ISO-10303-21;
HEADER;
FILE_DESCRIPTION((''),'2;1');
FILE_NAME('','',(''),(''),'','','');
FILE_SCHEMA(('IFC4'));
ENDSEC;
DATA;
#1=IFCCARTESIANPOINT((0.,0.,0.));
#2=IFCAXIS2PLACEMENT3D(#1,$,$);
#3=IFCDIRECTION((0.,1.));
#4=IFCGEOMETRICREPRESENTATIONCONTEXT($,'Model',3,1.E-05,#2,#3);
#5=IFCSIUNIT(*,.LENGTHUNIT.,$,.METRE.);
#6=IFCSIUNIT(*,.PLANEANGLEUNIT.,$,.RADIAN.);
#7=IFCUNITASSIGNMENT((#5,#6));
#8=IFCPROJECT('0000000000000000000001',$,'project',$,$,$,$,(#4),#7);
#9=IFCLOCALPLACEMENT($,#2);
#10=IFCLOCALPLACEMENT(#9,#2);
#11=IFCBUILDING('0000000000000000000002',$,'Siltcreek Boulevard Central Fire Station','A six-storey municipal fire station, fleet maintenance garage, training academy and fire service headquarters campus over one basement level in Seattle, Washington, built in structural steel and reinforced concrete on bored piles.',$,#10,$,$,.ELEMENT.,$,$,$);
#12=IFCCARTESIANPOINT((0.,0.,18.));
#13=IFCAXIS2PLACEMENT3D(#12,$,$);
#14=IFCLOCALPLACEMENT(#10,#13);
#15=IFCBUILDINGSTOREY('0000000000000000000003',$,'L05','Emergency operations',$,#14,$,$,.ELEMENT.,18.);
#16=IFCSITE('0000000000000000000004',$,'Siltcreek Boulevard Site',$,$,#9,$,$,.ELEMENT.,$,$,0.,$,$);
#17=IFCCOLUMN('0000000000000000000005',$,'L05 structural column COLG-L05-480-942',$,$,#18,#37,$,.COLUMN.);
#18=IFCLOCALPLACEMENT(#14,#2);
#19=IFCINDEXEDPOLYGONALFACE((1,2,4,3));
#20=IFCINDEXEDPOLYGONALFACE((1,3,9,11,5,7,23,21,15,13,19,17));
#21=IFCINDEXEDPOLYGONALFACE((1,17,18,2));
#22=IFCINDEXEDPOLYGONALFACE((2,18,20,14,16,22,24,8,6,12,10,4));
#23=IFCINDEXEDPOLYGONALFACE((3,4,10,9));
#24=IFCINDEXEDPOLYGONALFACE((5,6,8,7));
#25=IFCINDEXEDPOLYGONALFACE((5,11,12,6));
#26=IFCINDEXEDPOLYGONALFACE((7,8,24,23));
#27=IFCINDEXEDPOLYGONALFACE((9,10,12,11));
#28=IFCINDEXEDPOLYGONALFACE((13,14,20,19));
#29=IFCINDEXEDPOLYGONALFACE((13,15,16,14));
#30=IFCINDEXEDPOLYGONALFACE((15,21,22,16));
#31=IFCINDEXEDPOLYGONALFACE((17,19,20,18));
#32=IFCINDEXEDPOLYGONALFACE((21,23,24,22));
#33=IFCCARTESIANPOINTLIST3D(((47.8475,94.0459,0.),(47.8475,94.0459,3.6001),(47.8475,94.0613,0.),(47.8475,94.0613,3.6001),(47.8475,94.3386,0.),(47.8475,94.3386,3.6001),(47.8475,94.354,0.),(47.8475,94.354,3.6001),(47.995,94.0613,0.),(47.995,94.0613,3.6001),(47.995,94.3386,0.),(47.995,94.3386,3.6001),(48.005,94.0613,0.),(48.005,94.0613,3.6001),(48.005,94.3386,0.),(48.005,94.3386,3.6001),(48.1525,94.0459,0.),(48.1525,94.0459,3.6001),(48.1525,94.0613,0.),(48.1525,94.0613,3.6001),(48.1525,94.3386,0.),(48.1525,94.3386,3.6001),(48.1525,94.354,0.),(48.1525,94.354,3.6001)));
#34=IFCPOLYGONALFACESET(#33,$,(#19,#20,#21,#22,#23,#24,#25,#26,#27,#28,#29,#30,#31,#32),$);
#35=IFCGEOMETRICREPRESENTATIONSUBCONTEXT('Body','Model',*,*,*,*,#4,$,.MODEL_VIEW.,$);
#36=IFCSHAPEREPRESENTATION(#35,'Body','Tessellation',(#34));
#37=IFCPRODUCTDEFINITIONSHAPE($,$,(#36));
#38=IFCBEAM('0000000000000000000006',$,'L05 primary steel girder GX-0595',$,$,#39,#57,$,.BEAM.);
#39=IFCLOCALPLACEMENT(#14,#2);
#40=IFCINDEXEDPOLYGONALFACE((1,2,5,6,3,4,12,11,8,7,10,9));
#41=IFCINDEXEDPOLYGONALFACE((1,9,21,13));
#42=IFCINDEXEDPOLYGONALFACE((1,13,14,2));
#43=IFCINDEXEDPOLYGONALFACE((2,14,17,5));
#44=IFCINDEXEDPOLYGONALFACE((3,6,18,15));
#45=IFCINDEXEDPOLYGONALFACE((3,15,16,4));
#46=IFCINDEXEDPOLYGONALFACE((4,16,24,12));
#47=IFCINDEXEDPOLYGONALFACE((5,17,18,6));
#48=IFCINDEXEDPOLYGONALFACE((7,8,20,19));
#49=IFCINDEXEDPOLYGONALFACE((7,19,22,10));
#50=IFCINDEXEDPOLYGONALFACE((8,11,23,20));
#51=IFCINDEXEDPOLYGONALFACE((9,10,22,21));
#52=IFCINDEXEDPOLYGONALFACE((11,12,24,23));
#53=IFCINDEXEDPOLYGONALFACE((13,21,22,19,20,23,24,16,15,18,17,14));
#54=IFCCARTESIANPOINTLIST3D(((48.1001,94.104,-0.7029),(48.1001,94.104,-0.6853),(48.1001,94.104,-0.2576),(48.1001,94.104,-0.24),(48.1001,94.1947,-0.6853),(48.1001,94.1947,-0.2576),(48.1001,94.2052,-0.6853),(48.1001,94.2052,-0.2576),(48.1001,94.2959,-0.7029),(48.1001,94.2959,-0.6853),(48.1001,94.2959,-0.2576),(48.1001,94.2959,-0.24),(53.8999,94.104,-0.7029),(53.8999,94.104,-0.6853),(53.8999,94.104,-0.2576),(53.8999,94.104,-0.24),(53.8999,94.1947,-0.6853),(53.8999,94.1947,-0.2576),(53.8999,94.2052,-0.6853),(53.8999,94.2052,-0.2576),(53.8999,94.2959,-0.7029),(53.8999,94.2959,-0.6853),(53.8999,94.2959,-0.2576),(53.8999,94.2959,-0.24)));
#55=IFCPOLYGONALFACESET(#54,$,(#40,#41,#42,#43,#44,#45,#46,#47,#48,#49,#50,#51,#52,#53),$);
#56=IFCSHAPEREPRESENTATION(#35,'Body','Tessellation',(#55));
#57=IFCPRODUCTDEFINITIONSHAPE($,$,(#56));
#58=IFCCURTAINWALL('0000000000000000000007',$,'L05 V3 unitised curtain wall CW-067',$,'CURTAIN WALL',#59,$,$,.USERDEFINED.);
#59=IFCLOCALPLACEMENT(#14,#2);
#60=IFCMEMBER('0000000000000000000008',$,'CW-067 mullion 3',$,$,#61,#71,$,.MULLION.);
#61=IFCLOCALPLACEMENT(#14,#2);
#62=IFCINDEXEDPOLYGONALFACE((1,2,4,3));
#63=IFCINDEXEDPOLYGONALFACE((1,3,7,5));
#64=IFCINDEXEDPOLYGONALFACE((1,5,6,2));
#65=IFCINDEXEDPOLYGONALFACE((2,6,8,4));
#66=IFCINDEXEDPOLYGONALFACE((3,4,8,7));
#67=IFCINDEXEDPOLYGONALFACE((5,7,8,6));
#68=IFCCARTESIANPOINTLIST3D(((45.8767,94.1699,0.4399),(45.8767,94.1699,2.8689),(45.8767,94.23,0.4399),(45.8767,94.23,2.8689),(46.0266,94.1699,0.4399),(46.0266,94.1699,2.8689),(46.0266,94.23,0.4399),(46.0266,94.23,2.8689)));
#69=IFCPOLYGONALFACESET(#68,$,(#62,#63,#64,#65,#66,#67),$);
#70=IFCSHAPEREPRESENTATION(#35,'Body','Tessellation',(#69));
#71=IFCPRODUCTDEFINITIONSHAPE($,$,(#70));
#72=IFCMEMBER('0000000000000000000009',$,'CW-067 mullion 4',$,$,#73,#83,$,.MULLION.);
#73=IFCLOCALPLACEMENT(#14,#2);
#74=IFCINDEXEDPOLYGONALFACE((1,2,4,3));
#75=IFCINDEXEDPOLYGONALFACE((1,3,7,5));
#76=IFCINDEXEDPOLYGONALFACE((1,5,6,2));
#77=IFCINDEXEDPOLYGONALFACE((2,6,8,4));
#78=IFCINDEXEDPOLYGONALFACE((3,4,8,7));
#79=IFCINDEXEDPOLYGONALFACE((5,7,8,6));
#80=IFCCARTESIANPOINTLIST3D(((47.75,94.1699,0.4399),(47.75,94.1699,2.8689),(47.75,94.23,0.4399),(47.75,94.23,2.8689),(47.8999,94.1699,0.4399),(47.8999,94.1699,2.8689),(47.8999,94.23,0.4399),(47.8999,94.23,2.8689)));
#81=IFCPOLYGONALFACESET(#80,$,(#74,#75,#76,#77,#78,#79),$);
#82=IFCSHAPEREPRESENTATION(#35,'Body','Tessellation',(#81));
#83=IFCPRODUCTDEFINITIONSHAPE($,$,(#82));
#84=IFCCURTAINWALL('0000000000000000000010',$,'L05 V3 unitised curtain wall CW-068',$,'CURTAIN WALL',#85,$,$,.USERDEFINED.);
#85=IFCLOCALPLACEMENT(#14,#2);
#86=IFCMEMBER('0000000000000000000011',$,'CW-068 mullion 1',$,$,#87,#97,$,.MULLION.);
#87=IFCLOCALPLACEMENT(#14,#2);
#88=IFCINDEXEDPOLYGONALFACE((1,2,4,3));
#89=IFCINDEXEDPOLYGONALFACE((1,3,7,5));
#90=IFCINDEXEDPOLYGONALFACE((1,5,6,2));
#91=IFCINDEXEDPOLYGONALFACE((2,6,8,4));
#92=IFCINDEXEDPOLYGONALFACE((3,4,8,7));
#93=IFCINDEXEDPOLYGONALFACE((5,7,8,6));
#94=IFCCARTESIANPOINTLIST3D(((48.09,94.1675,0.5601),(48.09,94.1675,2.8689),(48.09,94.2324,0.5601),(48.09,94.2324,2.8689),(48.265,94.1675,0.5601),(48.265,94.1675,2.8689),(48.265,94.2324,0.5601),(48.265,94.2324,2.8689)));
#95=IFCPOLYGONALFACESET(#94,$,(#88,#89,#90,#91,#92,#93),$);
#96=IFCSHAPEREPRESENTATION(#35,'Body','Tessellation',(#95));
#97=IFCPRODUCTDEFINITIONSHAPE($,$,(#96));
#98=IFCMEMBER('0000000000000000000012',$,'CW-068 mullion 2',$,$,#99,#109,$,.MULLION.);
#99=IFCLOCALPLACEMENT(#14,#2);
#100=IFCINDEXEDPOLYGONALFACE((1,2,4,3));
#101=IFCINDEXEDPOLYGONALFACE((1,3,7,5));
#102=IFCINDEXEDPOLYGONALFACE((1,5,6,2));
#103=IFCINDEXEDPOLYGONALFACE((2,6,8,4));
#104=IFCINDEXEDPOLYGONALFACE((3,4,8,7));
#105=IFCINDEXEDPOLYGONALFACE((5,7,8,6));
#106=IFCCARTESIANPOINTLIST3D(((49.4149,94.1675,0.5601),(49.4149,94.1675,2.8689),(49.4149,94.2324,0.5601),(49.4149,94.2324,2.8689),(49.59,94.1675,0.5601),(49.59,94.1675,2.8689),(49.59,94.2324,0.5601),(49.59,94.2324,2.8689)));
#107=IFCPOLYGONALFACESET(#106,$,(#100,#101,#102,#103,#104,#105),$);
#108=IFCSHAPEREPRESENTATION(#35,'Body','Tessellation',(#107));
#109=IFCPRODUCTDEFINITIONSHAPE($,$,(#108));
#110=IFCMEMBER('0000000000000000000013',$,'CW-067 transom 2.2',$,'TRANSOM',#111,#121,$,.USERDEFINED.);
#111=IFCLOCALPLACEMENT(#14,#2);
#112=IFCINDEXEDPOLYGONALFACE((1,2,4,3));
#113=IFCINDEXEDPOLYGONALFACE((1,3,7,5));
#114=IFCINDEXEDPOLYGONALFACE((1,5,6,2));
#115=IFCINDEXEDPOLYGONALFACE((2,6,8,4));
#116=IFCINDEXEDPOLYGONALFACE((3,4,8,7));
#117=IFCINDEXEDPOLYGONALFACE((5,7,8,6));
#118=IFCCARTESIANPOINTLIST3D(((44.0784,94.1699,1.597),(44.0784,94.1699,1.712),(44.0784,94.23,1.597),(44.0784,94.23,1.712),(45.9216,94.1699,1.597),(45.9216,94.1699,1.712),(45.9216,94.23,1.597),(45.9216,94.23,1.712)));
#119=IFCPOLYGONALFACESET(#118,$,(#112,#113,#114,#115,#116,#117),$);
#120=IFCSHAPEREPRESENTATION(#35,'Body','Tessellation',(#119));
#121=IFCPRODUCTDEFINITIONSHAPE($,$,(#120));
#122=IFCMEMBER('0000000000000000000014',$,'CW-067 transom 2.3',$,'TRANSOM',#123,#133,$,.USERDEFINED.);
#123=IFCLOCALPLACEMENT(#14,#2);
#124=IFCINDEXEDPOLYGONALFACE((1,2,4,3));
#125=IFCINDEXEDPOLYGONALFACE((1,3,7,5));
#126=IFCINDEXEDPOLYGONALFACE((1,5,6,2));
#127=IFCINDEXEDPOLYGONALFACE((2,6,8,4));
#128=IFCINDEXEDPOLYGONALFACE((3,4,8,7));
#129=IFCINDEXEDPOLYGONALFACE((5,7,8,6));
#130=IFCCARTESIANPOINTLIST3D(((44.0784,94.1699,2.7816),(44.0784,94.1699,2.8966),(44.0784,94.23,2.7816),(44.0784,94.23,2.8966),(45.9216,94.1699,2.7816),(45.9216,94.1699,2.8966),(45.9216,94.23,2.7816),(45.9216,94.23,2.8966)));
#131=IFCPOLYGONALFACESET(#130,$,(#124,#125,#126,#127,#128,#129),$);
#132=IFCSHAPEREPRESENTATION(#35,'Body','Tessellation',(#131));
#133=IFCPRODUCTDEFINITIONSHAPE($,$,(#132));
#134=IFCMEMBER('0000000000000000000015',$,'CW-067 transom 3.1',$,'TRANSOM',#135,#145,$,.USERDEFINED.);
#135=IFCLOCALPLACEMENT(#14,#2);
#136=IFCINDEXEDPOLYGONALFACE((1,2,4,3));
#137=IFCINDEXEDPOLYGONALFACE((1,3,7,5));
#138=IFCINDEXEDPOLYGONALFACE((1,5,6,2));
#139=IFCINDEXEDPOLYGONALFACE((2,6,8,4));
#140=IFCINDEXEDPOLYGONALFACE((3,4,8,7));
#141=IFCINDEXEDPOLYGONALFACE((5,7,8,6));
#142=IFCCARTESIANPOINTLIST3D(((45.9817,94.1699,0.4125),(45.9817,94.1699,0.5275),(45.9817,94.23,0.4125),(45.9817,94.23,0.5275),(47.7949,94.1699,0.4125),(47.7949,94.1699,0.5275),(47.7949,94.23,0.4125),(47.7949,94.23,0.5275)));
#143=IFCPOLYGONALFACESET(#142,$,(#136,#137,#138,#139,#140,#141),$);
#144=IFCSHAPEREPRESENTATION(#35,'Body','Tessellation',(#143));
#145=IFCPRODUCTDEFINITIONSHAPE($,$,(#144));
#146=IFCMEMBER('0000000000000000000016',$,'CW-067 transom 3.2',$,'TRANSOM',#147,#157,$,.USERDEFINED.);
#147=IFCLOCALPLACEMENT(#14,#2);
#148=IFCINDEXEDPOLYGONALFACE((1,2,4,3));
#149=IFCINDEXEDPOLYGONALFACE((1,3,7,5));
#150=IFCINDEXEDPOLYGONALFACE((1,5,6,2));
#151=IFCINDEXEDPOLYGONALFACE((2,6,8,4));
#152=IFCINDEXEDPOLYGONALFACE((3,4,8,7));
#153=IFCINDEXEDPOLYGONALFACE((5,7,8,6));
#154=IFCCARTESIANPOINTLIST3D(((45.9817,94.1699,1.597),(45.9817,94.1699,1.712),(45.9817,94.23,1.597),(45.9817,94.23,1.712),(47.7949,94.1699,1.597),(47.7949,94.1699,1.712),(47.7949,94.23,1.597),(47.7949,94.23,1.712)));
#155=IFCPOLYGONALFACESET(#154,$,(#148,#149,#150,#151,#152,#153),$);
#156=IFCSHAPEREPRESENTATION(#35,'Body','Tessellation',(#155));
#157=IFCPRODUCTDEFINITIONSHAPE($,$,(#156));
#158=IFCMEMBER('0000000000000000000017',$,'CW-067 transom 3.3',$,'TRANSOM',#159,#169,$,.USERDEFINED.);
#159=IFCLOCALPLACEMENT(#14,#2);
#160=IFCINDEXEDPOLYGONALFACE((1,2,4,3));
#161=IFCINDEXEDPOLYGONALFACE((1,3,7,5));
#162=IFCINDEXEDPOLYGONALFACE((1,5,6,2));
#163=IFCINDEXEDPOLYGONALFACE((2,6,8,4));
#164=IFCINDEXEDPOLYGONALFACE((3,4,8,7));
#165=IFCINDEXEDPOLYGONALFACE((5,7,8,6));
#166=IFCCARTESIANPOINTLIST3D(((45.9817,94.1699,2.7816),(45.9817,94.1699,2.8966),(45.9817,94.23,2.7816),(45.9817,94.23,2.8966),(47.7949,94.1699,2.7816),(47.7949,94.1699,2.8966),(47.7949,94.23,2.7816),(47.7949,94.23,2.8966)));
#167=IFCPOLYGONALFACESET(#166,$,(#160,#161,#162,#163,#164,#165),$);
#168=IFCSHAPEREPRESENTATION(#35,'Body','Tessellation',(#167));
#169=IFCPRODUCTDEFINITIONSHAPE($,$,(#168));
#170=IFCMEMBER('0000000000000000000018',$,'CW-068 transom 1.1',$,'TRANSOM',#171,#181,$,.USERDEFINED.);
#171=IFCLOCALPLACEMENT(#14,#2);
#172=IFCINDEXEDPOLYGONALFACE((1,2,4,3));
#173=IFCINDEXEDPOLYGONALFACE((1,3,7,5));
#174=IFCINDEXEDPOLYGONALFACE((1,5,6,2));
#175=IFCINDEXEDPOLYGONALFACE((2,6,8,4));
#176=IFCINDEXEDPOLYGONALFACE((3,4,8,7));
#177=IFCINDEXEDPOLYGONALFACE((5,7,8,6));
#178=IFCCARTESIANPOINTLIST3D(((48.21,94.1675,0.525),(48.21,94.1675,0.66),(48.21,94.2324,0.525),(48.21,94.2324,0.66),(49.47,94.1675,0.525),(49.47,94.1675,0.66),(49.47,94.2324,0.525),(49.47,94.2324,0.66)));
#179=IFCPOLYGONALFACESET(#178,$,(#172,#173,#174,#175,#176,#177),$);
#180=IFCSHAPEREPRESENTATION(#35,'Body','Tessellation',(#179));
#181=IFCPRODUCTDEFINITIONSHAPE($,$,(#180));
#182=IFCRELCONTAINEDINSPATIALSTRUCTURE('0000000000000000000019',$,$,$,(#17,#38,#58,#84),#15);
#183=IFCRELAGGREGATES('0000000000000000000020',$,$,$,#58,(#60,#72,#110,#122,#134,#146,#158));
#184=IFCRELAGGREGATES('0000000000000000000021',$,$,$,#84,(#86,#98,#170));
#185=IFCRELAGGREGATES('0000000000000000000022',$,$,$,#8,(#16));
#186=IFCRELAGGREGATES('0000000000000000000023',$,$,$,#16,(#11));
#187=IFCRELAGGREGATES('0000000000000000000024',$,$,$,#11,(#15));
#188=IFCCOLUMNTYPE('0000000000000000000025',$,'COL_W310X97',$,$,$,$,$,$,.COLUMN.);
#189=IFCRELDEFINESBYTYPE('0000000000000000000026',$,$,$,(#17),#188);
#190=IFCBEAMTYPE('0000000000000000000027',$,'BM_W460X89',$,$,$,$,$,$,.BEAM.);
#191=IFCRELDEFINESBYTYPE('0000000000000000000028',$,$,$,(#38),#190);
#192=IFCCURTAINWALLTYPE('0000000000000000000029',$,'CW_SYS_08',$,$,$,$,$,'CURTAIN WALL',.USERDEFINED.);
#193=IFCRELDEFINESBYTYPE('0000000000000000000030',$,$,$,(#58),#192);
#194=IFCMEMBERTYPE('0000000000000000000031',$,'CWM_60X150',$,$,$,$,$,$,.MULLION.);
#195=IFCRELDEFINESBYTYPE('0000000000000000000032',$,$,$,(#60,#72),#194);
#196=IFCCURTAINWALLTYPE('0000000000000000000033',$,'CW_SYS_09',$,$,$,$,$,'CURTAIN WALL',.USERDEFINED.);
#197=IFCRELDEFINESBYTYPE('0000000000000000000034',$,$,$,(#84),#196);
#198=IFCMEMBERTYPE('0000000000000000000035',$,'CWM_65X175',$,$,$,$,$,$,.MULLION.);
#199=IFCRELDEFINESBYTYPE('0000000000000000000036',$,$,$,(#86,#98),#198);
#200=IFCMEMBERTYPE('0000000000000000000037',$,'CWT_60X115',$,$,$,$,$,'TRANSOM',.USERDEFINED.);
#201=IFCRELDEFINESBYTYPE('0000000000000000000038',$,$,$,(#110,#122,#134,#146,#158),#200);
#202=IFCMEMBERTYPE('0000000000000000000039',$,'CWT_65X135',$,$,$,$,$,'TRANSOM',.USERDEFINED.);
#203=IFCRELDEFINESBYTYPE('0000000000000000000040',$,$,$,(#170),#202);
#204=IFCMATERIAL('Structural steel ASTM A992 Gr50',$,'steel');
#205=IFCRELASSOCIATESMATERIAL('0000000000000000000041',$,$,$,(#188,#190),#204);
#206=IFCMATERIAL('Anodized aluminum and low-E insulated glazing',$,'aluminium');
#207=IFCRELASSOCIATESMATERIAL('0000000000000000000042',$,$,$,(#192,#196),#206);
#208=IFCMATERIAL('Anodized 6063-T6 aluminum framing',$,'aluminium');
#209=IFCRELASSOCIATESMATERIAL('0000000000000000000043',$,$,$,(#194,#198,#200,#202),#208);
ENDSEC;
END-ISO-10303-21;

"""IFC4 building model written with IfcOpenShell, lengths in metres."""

from ifc_helpers import new_model, si_unit, direction, frame, origin, origin_2d, place, context, subcontext, project, spatial, rectangle, i_section, extrude, material, material_profile, profile_set, type_object, element, aggregate, save


model = new_model("IFC4")

# Units and contexts
model_context = context("Model", 3, precision=1e-05, world=origin(), true_north=direction((0.0, 1.0)))
body_context = subcontext(model_context, "Body", "Model", "MODEL_VIEW")
ifc_project = project(units=[si_unit("LENGTHUNIT", "METRE"), si_unit("PLANEANGLEUNIT", "RADIAN")], contexts=[model_context])

# Site, building, storey
site_placement = place(None, origin())
site = spatial("IfcSite", under=ifc_project, at=site_placement, Name="Siltcreek Boulevard Site", CompositionType="ELEMENT", RefElevation=0.0)
building_placement = place(site_placement, origin())
building = spatial("IfcBuilding", under=site, at=building_placement, Name="Siltcreek Boulevard Central Fire Station", Description="A six-storey municipal fire station, fleet maintenance garage, training academy and fire service headquarters campus over one basement level in Seattle, Washington, built in structural steel and reinforced concrete on bored piles.", CompositionType="ELEMENT")
storey_placement = place(building_placement, frame((0.0, 0.0, 18.0)))
storey = spatial("IfcBuildingStorey", under=building, at=storey_placement, Name="L05", Description="Emergency operations", CompositionType="ELEMENT", Elevation=18.0)

# Column
ifc_material_1 = material(Name="Structural steel ASTM A992 Gr50", Category="steel")
ifc_material_profile_1 = material_profile(ifc_material_1, i_section(OverallWidth=0.3049, OverallDepth=0.3081, WebThickness=0.01, FlangeThickness=0.0154, at=origin_2d()), Name="W310X97")
ifc_profile_set_1 = profile_set([ifc_material_profile_1], Name="Structural steel ASTM A992 Gr50")
column_type = type_object("IfcColumnType", Name="COL_W310X97", PredefinedType="COLUMN", material=ifc_profile_set_1)
column_placement = place(storey_placement, frame((48.0, 94.2, 0.0), z_axis=(0.0, 0.0, 1.0), x_axis=(1.0, 0.0, 0.0)))
element("IfcColumn", 1, at=column_placement, inside=storey, type_object=column_type, Name="L05 structural column COLG-L05-480-942", PredefinedType="COLUMN", context=body_context, shape_type="SweptSolid", body=[
    extrude(i_section(OverallWidth=0.3049, OverallDepth=0.3081, WebThickness=0.01, FlangeThickness=0.0154, at=origin_2d()), origin(), (0.0, 0.0, 1.0), 3.6001),
])

# Beam
ifc_material_profile_2 = material_profile(ifc_material_1, i_section(OverallWidth=0.1919, OverallDepth=0.4629, WebThickness=0.0105, FlangeThickness=0.0176, at=origin_2d()), Name="W460X89")
ifc_profile_set_2 = profile_set([ifc_material_profile_2], Name="Structural steel ASTM A992 Gr50")
beam_type = type_object("IfcBeamType", Name="BM_W460X89", PredefinedType="BEAM", material=ifc_profile_set_2)
beam_placement = place(storey_placement, frame((48.1001, 94.2, -0.4714), z_axis=(1.0, 0.0, 0.0), x_axis=(0.0, 1.0, 0.0)))
element("IfcBeam", 2, at=beam_placement, inside=storey, type_object=beam_type, Name="L05 primary steel girder GX-0595", PredefinedType="BEAM", context=body_context, shape_type="SweptSolid", body=[
    extrude(i_section(OverallWidth=0.1919, OverallDepth=0.4629, WebThickness=0.0105, FlangeThickness=0.0176, at=origin_2d()), origin(), (0.0, 0.0, 1.0), 5.7998),
])

# Curtain walls, members
ifc_material_2 = material(Name="Anodized aluminum and low-E insulated glazing", Category="aluminium")
curtain_wall_type_1 = type_object("IfcCurtainWallType", Name="CW_SYS_08", ElementType="CURTAIN WALL", PredefinedType="USERDEFINED", material=ifc_material_2)
curtain_wall_1_placement = place(storey_placement, origin())
curtain_wall_1 = element("IfcCurtainWall", 3, at=curtain_wall_1_placement, inside=storey, type_object=curtain_wall_type_1, Name="L05 V3 unitised curtain wall CW-067", ObjectType="CURTAIN WALL", PredefinedType="USERDEFINED")
ifc_material_3 = material(Name="Anodized 6063-T6 aluminum framing", Category="aluminium")
ifc_material_profile_3 = material_profile(ifc_material_3, rectangle(XDim=0.0601, YDim=0.1499, at=origin_2d()), Name="MULL60X150")
ifc_profile_set_3 = profile_set([ifc_material_profile_3], Name="Anodized 6063-T6 aluminum framing")
member_type_1 = type_object("IfcMemberType", Name="CWM_60X150", PredefinedType="MULLION", material=ifc_profile_set_3)
member_1_placement = place(storey_placement, frame((45.9517, 94.2, 0.4399), z_axis=(0.0, 0.0, 1.0), x_axis=(0.0, 1.0, 0.0)))
member_1 = element("IfcMember", 4, at=member_1_placement, type_object=member_type_1, Name="CW-067 mullion 3", PredefinedType="MULLION", context=body_context, shape_type="SweptSolid", body=[
    extrude(rectangle(XDim=0.0601, YDim=0.1499, at=origin_2d()), origin(), (0.0, 0.0, 1.0), 2.429),
])
member_2_placement = place(storey_placement, frame((47.825, 94.2, 0.4399), z_axis=(0.0, 0.0, 1.0), x_axis=(0.0, 1.0, 0.0)))
member_2 = element("IfcMember", 5, at=member_2_placement, type_object=member_type_1, Name="CW-067 mullion 4", PredefinedType="MULLION", context=body_context, shape_type="SweptSolid", body=[
    extrude(rectangle(XDim=0.0601, YDim=0.1499, at=origin_2d()), origin(), (0.0, 0.0, 1.0), 2.429),
])
curtain_wall_type_2 = type_object("IfcCurtainWallType", Name="CW_SYS_09", ElementType="CURTAIN WALL", PredefinedType="USERDEFINED", material=ifc_material_2)
curtain_wall_2_placement = place(storey_placement, origin())
curtain_wall_2 = element("IfcCurtainWall", 6, at=curtain_wall_2_placement, inside=storey, type_object=curtain_wall_type_2, Name="L05 V3 unitised curtain wall CW-068", ObjectType="CURTAIN WALL", PredefinedType="USERDEFINED")
ifc_material_profile_4 = material_profile(ifc_material_3, rectangle(XDim=0.0649, YDim=0.175, at=origin_2d()), Name="MULL65X175")
ifc_profile_set_4 = profile_set([ifc_material_profile_4], Name="Anodized 6063-T6 aluminum framing")
member_type_2 = type_object("IfcMemberType", Name="CWM_65X175", PredefinedType="MULLION", material=ifc_profile_set_4)
member_3_placement = place(storey_placement, frame((48.1775, 94.2, 0.5601), z_axis=(0.0, 0.0, 1.0), x_axis=(0.0, 1.0, 0.0)))
member_3 = element("IfcMember", 7, at=member_3_placement, type_object=member_type_2, Name="CW-068 mullion 1", PredefinedType="MULLION", context=body_context, shape_type="SweptSolid", body=[
    extrude(rectangle(XDim=0.0649, YDim=0.175, at=origin_2d()), origin(), (0.0, 0.0, 1.0), 2.3088),
])
member_4_placement = place(storey_placement, frame((49.5024, 94.2, 0.5601), z_axis=(0.0, 0.0, 1.0), x_axis=(0.0, 1.0, 0.0)))
member_4 = element("IfcMember", 8, at=member_4_placement, type_object=member_type_2, Name="CW-068 mullion 2", PredefinedType="MULLION", context=body_context, shape_type="SweptSolid", body=[
    extrude(rectangle(XDim=0.0649, YDim=0.175, at=origin_2d()), origin(), (0.0, 0.0, 1.0), 2.3088),
])

# Members
ifc_material_profile_5 = material_profile(ifc_material_3, rectangle(XDim=0.0601, YDim=0.115, at=origin_2d()), Name="TRAN60X115")
ifc_profile_set_5 = profile_set([ifc_material_profile_5], Name="Anodized 6063-T6 aluminum framing")
member_type_3 = type_object("IfcMemberType", Name="CWT_60X115", ElementType="TRANSOM", PredefinedType="USERDEFINED", material=ifc_profile_set_5)
member_5_placement = place(storey_placement, frame((44.0784, 94.2, 1.6545), z_axis=(1.0, 0.0, 0.0), x_axis=(0.0, 1.0, 0.0)))
member_5 = element("IfcMember", 9, at=member_5_placement, type_object=member_type_3, Name="CW-067 transom 2.2", ObjectType="TRANSOM", PredefinedType="USERDEFINED", context=body_context, shape_type="SweptSolid", body=[
    extrude(rectangle(XDim=0.0601, YDim=0.115, at=origin_2d()), origin(), (0.0, 0.0, 1.0), 1.8433),
])
member_6_placement = place(storey_placement, frame((44.0784, 94.2, 2.8391), z_axis=(1.0, 0.0, 0.0), x_axis=(0.0, 1.0, 0.0)))
member_6 = element("IfcMember", 10, at=member_6_placement, type_object=member_type_3, Name="CW-067 transom 2.3", ObjectType="TRANSOM", PredefinedType="USERDEFINED", context=body_context, shape_type="SweptSolid", body=[
    extrude(rectangle(XDim=0.0601, YDim=0.115, at=origin_2d()), origin(), (0.0, 0.0, 1.0), 1.8433),
])
member_7_placement = place(storey_placement, frame((45.9817, 94.2, 0.47), z_axis=(1.0, 0.0, 0.0), x_axis=(0.0, 1.0, 0.0)))
member_7 = element("IfcMember", 11, at=member_7_placement, type_object=member_type_3, Name="CW-067 transom 3.1", ObjectType="TRANSOM", PredefinedType="USERDEFINED", context=body_context, shape_type="SweptSolid", body=[
    extrude(rectangle(XDim=0.0601, YDim=0.115, at=origin_2d()), origin(), (0.0, 0.0, 1.0), 1.8132),
])
member_8_placement = place(storey_placement, frame((45.9817, 94.2, 1.6545), z_axis=(1.0, 0.0, 0.0), x_axis=(0.0, 1.0, 0.0)))
member_8 = element("IfcMember", 12, at=member_8_placement, type_object=member_type_3, Name="CW-067 transom 3.2", ObjectType="TRANSOM", PredefinedType="USERDEFINED", context=body_context, shape_type="SweptSolid", body=[
    extrude(rectangle(XDim=0.0601, YDim=0.115, at=origin_2d()), origin(), (0.0, 0.0, 1.0), 1.8132),
])
member_9_placement = place(storey_placement, frame((45.9817, 94.2, 2.8391), z_axis=(1.0, 0.0, 0.0), x_axis=(0.0, 1.0, 0.0)))
member_9 = element("IfcMember", 13, at=member_9_placement, type_object=member_type_3, Name="CW-067 transom 3.3", ObjectType="TRANSOM", PredefinedType="USERDEFINED", context=body_context, shape_type="SweptSolid", body=[
    extrude(rectangle(XDim=0.0601, YDim=0.115, at=origin_2d()), origin(), (0.0, 0.0, 1.0), 1.8132),
])
ifc_material_profile_6 = material_profile(ifc_material_3, rectangle(XDim=0.0649, YDim=0.135, at=origin_2d()), Name="TRAN65X135")
ifc_profile_set_6 = profile_set([ifc_material_profile_6], Name="Anodized 6063-T6 aluminum framing")
member_type_4 = type_object("IfcMemberType", Name="CWT_65X135", ElementType="TRANSOM", PredefinedType="USERDEFINED", material=ifc_profile_set_6)
member_10_placement = place(storey_placement, frame((48.21, 94.2, 0.5925), z_axis=(1.0, 0.0, 0.0), x_axis=(0.0, 1.0, 0.0)))
member_10 = element("IfcMember", 14, at=member_10_placement, type_object=member_type_4, Name="CW-068 transom 1.1", ObjectType="TRANSOM", PredefinedType="USERDEFINED", context=body_context, shape_type="SweptSolid", body=[
    extrude(rectangle(XDim=0.0649, YDim=0.135, at=origin_2d()), origin(), (0.0, 0.0, 1.0), 1.26),
])

aggregate(curtain_wall_1, [member_1, member_2, member_5, member_6, member_7, member_8, member_9])
aggregate(curtain_wall_2, [member_3, member_4, member_10])

save(model, "model.ifc")
